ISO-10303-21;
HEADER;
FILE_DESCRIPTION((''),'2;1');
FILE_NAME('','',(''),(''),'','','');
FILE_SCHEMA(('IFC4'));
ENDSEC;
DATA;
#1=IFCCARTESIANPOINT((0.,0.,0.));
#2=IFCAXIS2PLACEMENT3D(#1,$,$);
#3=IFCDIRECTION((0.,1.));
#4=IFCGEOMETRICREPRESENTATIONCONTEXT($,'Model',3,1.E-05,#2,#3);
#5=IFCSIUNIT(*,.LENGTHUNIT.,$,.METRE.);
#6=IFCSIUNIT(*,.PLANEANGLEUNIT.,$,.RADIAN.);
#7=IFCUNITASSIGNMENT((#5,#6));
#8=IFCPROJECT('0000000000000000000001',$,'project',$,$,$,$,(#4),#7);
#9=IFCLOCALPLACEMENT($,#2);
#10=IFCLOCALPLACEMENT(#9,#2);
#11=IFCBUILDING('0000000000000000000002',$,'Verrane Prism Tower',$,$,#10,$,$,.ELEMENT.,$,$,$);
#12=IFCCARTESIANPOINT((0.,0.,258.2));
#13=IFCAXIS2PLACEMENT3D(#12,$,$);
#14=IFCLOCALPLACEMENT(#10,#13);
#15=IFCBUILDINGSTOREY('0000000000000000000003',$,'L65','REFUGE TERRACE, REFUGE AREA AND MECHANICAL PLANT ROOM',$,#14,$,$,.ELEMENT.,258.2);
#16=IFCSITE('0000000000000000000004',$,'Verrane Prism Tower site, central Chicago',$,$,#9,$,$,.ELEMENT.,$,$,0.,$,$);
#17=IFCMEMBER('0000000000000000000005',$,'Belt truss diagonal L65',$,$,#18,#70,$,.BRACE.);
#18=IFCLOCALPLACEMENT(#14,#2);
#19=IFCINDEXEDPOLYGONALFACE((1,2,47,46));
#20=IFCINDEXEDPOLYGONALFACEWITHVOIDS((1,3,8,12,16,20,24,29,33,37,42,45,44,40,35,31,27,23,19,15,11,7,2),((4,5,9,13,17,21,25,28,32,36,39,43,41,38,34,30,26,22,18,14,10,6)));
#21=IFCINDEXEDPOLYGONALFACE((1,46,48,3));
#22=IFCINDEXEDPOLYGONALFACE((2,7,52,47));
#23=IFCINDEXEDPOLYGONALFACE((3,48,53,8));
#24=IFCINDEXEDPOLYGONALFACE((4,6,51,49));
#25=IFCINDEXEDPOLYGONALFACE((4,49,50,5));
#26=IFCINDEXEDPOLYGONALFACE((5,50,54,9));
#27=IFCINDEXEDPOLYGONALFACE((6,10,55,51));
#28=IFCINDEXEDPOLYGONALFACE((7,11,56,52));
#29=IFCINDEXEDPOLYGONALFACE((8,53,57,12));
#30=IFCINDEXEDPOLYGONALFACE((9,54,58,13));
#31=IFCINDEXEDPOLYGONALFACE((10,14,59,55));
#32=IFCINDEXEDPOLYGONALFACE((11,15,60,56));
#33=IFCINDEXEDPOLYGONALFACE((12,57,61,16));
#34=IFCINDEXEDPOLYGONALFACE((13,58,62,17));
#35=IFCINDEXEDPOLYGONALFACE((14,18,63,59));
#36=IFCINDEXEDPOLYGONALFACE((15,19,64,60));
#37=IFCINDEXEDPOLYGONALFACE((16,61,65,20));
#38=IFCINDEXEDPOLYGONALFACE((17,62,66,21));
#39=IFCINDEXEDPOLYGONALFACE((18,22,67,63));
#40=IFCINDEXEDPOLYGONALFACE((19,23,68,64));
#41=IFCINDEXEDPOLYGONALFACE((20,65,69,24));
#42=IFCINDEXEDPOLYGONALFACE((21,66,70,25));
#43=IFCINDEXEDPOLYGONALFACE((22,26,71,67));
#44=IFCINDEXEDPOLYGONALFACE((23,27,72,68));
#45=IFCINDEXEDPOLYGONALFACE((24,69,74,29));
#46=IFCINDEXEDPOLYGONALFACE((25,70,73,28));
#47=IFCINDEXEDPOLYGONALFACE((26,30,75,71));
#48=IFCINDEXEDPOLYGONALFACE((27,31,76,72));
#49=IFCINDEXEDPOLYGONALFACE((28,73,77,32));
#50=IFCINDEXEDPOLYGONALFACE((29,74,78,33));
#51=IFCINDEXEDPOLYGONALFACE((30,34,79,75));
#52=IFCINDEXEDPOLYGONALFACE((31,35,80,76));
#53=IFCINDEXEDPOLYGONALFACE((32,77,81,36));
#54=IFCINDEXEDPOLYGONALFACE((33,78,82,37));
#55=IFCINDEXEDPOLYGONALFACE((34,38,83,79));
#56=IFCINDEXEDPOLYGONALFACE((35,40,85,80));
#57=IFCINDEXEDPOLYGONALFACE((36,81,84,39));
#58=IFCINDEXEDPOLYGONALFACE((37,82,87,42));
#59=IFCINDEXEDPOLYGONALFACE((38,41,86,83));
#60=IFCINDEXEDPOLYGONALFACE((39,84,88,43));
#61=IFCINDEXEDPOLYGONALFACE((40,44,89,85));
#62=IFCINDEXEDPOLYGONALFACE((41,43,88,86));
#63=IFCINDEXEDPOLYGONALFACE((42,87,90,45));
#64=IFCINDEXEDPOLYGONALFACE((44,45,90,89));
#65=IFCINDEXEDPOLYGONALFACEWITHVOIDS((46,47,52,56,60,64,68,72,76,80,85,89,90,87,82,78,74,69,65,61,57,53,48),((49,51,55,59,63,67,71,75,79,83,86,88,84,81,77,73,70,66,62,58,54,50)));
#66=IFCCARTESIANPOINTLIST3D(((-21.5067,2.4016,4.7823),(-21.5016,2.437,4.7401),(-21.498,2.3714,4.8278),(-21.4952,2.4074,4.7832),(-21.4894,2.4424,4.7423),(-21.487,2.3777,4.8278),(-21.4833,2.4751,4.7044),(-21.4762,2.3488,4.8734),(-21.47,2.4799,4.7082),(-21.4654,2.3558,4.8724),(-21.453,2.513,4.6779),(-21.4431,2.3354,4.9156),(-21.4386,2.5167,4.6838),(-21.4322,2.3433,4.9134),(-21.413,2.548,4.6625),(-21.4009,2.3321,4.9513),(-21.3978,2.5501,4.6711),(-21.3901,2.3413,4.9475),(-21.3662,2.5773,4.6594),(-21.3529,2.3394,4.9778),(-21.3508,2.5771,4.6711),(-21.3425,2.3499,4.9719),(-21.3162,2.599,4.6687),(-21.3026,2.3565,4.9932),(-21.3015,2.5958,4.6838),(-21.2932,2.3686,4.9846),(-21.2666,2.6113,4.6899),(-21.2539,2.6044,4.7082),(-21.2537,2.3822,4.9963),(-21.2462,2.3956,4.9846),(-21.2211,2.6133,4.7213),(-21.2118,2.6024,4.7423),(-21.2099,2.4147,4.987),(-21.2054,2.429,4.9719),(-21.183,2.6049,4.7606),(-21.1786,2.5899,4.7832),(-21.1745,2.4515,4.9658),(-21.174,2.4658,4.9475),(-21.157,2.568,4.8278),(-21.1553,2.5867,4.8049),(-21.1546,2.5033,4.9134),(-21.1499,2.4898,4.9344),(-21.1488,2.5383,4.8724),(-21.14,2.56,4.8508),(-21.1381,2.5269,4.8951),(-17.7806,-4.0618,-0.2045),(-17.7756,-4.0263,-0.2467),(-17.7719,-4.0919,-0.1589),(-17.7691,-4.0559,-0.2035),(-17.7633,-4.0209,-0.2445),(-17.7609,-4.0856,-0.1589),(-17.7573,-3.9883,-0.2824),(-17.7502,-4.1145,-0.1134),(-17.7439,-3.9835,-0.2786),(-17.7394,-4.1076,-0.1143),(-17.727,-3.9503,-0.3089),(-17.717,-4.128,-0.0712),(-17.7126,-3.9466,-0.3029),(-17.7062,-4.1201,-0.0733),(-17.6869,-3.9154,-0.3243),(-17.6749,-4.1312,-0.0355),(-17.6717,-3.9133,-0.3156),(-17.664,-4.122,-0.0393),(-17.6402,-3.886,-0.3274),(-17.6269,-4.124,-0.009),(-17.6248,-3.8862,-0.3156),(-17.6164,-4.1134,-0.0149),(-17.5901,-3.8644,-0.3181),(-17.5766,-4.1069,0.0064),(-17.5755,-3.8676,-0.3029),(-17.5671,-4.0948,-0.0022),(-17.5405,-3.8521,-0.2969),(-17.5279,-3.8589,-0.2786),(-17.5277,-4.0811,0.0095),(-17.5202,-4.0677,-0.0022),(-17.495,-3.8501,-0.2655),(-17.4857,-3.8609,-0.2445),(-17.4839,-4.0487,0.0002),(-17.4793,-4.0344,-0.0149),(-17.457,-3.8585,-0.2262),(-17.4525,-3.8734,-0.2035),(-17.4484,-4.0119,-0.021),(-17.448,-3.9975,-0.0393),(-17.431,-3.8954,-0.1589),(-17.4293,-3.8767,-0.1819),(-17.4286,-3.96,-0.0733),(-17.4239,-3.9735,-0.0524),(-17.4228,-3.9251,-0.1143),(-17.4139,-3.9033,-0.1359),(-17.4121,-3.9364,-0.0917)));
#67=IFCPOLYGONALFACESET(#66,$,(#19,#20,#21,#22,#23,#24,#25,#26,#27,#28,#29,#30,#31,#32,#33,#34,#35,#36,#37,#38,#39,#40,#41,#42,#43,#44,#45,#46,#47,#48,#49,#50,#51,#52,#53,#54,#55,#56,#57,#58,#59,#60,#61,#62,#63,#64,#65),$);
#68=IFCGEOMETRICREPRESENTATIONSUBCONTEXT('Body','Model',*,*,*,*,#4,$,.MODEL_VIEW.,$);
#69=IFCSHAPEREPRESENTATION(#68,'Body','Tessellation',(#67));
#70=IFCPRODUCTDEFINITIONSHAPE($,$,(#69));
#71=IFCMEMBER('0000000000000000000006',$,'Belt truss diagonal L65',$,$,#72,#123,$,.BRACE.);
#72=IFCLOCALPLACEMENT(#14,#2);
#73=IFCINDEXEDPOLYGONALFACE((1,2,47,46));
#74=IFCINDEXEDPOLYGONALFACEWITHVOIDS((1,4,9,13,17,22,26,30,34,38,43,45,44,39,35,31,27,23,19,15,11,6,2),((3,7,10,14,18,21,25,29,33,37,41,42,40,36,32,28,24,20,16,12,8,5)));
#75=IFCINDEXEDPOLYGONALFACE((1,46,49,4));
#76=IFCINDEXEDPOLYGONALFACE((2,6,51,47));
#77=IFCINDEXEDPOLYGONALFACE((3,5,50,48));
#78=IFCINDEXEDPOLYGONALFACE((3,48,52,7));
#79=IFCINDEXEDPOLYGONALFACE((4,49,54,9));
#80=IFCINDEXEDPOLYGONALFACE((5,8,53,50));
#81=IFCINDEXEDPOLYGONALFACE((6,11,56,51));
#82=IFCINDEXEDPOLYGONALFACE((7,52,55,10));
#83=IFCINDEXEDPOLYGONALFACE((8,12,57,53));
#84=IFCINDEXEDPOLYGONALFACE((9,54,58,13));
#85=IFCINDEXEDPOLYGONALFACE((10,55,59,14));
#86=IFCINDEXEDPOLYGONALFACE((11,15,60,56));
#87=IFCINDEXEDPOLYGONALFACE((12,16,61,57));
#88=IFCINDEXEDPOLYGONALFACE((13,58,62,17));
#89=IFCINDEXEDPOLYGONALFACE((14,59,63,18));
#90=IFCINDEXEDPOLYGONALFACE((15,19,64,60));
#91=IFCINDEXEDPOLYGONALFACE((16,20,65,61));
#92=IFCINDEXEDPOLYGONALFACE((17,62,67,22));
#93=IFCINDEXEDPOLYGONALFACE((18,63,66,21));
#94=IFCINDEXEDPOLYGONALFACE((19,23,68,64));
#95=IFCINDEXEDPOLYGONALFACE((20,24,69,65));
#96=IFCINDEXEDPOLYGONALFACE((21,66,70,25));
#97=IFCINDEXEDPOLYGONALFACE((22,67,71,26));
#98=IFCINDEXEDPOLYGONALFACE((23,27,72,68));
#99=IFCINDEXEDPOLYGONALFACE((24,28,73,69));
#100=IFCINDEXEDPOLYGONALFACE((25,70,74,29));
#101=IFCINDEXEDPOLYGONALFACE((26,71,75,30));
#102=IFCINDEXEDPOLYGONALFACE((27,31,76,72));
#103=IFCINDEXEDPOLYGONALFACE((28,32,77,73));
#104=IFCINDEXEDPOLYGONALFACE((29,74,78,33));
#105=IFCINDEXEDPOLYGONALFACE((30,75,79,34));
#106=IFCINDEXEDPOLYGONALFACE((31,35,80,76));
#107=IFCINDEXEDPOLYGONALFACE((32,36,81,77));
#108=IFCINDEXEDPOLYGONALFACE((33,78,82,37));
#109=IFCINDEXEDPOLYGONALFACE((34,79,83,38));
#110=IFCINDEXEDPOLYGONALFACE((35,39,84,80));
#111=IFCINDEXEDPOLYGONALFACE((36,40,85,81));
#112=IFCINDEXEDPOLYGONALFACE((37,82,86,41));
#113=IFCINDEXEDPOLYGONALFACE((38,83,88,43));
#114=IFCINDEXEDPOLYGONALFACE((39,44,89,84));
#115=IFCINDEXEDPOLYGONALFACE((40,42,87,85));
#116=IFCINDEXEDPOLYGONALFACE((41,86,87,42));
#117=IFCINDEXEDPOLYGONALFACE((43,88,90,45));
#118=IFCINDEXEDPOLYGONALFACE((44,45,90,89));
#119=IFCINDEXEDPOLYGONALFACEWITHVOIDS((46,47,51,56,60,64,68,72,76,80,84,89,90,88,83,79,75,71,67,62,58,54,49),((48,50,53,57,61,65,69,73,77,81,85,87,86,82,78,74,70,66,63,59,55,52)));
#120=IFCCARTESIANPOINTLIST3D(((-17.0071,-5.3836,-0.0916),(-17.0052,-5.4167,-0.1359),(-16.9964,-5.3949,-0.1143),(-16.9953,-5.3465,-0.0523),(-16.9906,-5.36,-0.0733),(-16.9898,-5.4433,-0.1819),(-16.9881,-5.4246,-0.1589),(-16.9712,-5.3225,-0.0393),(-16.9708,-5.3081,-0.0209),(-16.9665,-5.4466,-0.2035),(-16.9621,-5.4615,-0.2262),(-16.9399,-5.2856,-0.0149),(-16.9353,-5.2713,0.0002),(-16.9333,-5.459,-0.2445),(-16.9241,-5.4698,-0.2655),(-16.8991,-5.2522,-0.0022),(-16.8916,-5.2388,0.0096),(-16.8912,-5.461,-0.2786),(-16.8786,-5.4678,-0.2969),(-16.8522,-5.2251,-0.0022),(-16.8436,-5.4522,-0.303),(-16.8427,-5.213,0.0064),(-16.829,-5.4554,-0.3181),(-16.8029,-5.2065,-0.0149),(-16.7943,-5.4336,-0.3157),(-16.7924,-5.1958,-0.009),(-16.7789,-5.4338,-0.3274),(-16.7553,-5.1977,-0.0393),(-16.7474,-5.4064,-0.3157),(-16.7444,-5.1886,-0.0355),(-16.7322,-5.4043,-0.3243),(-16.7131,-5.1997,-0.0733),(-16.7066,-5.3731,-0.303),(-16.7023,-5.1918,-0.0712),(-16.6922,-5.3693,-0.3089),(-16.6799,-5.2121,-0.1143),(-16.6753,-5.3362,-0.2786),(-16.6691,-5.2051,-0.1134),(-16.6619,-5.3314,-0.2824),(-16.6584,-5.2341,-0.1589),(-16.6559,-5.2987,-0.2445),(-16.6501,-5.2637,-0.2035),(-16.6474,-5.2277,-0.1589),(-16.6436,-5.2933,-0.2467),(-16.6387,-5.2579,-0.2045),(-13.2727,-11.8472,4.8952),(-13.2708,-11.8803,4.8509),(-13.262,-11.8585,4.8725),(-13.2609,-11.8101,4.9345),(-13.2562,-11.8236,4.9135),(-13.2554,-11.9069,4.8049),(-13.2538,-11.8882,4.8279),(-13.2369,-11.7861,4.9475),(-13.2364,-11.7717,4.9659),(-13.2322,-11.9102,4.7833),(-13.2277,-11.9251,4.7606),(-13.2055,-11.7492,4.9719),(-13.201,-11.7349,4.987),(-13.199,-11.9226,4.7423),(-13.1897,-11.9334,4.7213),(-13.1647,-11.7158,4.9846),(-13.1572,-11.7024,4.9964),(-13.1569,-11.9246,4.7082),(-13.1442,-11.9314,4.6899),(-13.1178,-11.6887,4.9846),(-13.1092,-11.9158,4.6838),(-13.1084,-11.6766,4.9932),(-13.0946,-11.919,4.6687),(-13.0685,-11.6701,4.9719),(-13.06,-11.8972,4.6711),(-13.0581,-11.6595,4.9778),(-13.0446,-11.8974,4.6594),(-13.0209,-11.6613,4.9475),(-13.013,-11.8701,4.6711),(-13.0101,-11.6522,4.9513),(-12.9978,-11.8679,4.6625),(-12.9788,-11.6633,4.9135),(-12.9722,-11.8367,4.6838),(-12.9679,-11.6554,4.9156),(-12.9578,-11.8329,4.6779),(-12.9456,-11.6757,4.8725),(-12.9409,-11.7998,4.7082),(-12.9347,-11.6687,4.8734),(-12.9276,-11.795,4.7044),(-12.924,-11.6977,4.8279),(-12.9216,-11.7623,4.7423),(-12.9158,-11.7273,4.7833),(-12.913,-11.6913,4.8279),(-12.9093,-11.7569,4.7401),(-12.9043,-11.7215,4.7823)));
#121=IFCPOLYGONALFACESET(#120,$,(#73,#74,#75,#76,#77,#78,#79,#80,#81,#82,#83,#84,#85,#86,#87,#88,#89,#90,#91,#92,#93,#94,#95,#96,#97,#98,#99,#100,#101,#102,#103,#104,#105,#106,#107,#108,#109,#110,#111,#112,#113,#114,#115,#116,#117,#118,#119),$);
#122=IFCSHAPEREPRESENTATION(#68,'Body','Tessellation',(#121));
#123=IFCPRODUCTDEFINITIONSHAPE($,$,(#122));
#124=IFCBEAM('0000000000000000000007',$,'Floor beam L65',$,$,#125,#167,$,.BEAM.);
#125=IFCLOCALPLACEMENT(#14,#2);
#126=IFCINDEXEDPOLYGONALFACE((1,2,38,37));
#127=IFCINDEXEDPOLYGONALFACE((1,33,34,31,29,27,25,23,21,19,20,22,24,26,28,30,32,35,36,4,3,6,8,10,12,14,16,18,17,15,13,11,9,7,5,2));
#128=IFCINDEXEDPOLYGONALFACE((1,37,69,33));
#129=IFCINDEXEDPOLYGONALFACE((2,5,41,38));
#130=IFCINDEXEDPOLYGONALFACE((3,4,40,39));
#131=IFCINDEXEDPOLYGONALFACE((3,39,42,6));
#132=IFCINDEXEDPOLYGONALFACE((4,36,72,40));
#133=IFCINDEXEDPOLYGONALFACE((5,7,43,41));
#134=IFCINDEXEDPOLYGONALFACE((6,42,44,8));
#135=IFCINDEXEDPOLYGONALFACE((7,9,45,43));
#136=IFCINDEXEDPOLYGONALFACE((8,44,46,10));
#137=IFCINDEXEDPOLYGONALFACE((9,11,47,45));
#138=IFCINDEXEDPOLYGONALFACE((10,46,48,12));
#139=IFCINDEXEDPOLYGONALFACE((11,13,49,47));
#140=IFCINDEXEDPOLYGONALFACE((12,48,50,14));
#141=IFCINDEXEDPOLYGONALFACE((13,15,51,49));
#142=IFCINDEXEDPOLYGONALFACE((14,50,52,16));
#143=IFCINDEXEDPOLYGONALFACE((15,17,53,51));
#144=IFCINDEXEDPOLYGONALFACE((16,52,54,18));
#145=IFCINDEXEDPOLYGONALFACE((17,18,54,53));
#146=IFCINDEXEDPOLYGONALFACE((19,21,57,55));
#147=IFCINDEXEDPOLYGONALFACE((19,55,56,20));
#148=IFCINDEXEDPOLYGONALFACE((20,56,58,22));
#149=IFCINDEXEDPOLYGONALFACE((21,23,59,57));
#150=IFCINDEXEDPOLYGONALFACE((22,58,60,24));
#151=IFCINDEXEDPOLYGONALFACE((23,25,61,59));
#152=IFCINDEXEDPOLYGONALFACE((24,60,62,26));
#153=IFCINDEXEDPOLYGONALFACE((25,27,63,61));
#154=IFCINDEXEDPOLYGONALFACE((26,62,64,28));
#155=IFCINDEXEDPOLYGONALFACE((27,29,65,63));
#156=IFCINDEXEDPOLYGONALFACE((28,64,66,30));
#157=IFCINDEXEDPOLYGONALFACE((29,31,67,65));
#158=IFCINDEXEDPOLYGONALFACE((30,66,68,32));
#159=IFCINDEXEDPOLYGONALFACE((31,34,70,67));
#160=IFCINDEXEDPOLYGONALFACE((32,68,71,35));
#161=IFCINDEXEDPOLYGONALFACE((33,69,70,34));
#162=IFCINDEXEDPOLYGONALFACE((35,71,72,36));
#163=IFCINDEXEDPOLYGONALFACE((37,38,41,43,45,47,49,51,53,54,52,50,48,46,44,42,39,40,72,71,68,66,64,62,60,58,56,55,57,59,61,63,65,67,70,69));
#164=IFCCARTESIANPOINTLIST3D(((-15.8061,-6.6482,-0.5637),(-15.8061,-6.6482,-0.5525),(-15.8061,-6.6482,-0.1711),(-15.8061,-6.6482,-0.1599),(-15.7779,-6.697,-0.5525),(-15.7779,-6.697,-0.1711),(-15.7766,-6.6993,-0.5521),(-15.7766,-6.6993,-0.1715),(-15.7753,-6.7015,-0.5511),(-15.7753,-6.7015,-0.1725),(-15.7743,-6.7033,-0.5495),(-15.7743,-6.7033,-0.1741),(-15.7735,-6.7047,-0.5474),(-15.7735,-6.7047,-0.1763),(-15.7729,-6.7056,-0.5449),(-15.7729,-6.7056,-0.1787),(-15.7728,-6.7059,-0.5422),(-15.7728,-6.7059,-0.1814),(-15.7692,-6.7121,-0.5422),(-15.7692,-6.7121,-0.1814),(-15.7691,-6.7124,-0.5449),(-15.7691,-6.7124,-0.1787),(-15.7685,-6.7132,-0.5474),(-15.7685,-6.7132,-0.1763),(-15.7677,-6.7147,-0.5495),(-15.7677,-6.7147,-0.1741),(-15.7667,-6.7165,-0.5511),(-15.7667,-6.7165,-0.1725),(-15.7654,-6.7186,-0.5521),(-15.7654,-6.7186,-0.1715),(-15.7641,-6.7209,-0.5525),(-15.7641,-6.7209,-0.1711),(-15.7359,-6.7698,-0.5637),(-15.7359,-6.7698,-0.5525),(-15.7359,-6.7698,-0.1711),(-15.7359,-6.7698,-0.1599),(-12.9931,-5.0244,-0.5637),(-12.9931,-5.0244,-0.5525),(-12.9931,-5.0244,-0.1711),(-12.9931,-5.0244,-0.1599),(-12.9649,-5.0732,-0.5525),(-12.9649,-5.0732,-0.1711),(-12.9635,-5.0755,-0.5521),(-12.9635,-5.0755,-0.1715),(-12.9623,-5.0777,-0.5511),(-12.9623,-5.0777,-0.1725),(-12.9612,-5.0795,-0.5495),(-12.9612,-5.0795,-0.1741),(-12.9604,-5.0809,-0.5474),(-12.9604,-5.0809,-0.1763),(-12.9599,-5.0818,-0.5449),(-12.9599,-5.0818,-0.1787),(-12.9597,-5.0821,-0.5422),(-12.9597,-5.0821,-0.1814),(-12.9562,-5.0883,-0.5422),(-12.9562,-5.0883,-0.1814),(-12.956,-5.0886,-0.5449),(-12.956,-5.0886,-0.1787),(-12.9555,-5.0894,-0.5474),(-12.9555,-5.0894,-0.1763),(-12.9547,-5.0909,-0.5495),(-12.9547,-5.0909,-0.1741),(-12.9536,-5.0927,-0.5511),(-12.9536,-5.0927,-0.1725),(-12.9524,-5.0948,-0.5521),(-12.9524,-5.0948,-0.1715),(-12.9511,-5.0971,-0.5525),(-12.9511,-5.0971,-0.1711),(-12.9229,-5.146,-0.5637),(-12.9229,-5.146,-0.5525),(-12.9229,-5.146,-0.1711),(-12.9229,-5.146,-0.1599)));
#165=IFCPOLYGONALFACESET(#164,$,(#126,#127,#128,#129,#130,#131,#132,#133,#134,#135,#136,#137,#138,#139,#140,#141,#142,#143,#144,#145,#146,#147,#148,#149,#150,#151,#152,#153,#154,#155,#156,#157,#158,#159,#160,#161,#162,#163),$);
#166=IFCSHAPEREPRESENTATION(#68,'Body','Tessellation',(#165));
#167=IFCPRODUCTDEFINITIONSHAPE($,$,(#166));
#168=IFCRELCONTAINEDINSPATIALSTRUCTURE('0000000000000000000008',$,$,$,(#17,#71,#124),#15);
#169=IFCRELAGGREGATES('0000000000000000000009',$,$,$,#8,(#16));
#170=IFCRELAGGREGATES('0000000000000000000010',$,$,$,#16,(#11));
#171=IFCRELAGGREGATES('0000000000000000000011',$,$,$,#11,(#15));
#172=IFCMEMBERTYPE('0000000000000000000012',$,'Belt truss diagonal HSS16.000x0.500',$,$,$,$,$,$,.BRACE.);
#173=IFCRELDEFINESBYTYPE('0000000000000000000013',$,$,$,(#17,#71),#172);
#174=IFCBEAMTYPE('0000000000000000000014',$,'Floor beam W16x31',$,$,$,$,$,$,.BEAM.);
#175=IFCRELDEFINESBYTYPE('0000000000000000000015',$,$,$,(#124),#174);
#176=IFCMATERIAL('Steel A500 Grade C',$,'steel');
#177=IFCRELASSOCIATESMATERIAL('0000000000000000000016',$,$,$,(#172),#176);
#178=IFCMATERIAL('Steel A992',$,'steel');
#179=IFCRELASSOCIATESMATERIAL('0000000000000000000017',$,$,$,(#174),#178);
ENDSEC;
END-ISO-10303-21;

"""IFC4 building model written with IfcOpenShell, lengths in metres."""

from ifc_helpers import new_model, si_unit, direction, frame, origin, origin_2d, place, context, subcontext, project, spatial, hollow_circle, i_section, extrude, material, material_profile, profile_set, type_object, element, save


model = new_model("IFC4")

# Units and contexts
model_context = context("Model", 3, precision=1e-05, world=origin(), true_north=direction((0.0, 1.0)))
body_context = subcontext(model_context, "Body", "Model", "MODEL_VIEW")
ifc_project = project(units=[si_unit("LENGTHUNIT", "METRE"), si_unit("PLANEANGLEUNIT", "RADIAN")], contexts=[model_context])

# Site, building, storey
site_placement = place(None, origin())
site = spatial("IfcSite", under=ifc_project, at=site_placement, Name="Verrane Prism Tower site, central Chicago", CompositionType="ELEMENT", RefElevation=0.0)
building_placement = place(site_placement, origin())
building = spatial("IfcBuilding", under=site, at=building_placement, Name="Verrane Prism Tower", CompositionType="ELEMENT")
storey_placement = place(building_placement, frame((0.0, 0.0, 258.2)))
storey = spatial("IfcBuildingStorey", under=building, at=storey_placement, Name="L65", Description="REFUGE TERRACE, REFUGE AREA AND MECHANICAL PLANT ROOM", CompositionType="ELEMENT", Elevation=258.2)

# Members
ifc_material_1 = material(Name="Steel A500 Grade C", Category="steel")
ifc_material_profile_1 = material_profile(ifc_material_1, hollow_circle(Radius=0.2031, WallThickness=0.0127, at=origin_2d()), Name="HSS16.000x0.500")
ifc_profile_set_1 = profile_set([ifc_material_profile_1], Name="Steel A500 Grade C")
member_type_1 = type_object("IfcMemberType", Name="Belt truss diagonal HSS16.000x0.500", PredefinedType="BRACE", material=ifc_profile_set_1)
member_1_placement = place(storey_placement, frame((-17.5959, -3.9905, -0.1589), z_axis=(-0.415222, 0.720258, 0.555715), x_axis=(-0.866348, -0.499441, 0.0)))
element("IfcMember", 1, at=member_1_placement, inside=storey, type_object=member_type_1, Name="Belt truss diagonal L65", PredefinedType="BRACE", context=body_context, shape_type="SweptSolid", body=[
    extrude(hollow_circle(Radius=0.2031, WallThickness=0.0127, at=origin_2d()), origin(), (0.0, 0.0, 1.0), 8.9736),
])
member_2_placement = place(storey_placement, frame((-16.8232, -5.3293, -0.1589), z_axis=(0.415979, -0.719995, 0.55549), x_axis=(0.865875, 0.500261, 0.0)))
element("IfcMember", 2, at=member_2_placement, inside=storey, type_object=member_type_1, Name="Belt truss diagonal L65", PredefinedType="BRACE", context=body_context, shape_type="SweptSolid", body=[
    extrude(hollow_circle(Radius=0.2031, WallThickness=0.0127, at=origin_2d()), origin(), (0.0, 0.0, 1.0), 8.9773),
])

# Beam
ifc_material_2 = material(Name="Steel A992", Category="steel")
ifc_material_profile_2 = material_profile(ifc_material_2, i_section(OverallWidth=0.1404, OverallDepth=0.4038, WebThickness=0.0071, FlangeThickness=0.0112, FilletRadius=0.0103, at=origin_2d()), Name="W16x31")
ifc_profile_set_2 = profile_set([ifc_material_profile_2], Name="Steel A992")
beam_type_1 = type_object("IfcBeamType", Name="Floor beam W16x31", PredefinedType="BEAM", material=ifc_profile_set_2)
beam_1_placement = place(storey_placement, frame((-15.771, -6.709, -0.3618), z_axis=(0.866065, 0.499931, 0.0), x_axis=(-0.499931, 0.866065, 0.0)))
element("IfcBeam", 3, at=beam_1_placement, inside=storey, type_object=beam_type_1, Name="Floor beam L65", PredefinedType="BEAM", context=body_context, shape_type="SweptSolid", body=[
    extrude(i_section(OverallWidth=0.1404, OverallDepth=0.4038, WebThickness=0.0071, FlangeThickness=0.0112, FilletRadius=0.0103, at=origin_2d()), origin(), (0.0, 0.0, 1.0), 3.248),
])

save(model, "model.ifc")
